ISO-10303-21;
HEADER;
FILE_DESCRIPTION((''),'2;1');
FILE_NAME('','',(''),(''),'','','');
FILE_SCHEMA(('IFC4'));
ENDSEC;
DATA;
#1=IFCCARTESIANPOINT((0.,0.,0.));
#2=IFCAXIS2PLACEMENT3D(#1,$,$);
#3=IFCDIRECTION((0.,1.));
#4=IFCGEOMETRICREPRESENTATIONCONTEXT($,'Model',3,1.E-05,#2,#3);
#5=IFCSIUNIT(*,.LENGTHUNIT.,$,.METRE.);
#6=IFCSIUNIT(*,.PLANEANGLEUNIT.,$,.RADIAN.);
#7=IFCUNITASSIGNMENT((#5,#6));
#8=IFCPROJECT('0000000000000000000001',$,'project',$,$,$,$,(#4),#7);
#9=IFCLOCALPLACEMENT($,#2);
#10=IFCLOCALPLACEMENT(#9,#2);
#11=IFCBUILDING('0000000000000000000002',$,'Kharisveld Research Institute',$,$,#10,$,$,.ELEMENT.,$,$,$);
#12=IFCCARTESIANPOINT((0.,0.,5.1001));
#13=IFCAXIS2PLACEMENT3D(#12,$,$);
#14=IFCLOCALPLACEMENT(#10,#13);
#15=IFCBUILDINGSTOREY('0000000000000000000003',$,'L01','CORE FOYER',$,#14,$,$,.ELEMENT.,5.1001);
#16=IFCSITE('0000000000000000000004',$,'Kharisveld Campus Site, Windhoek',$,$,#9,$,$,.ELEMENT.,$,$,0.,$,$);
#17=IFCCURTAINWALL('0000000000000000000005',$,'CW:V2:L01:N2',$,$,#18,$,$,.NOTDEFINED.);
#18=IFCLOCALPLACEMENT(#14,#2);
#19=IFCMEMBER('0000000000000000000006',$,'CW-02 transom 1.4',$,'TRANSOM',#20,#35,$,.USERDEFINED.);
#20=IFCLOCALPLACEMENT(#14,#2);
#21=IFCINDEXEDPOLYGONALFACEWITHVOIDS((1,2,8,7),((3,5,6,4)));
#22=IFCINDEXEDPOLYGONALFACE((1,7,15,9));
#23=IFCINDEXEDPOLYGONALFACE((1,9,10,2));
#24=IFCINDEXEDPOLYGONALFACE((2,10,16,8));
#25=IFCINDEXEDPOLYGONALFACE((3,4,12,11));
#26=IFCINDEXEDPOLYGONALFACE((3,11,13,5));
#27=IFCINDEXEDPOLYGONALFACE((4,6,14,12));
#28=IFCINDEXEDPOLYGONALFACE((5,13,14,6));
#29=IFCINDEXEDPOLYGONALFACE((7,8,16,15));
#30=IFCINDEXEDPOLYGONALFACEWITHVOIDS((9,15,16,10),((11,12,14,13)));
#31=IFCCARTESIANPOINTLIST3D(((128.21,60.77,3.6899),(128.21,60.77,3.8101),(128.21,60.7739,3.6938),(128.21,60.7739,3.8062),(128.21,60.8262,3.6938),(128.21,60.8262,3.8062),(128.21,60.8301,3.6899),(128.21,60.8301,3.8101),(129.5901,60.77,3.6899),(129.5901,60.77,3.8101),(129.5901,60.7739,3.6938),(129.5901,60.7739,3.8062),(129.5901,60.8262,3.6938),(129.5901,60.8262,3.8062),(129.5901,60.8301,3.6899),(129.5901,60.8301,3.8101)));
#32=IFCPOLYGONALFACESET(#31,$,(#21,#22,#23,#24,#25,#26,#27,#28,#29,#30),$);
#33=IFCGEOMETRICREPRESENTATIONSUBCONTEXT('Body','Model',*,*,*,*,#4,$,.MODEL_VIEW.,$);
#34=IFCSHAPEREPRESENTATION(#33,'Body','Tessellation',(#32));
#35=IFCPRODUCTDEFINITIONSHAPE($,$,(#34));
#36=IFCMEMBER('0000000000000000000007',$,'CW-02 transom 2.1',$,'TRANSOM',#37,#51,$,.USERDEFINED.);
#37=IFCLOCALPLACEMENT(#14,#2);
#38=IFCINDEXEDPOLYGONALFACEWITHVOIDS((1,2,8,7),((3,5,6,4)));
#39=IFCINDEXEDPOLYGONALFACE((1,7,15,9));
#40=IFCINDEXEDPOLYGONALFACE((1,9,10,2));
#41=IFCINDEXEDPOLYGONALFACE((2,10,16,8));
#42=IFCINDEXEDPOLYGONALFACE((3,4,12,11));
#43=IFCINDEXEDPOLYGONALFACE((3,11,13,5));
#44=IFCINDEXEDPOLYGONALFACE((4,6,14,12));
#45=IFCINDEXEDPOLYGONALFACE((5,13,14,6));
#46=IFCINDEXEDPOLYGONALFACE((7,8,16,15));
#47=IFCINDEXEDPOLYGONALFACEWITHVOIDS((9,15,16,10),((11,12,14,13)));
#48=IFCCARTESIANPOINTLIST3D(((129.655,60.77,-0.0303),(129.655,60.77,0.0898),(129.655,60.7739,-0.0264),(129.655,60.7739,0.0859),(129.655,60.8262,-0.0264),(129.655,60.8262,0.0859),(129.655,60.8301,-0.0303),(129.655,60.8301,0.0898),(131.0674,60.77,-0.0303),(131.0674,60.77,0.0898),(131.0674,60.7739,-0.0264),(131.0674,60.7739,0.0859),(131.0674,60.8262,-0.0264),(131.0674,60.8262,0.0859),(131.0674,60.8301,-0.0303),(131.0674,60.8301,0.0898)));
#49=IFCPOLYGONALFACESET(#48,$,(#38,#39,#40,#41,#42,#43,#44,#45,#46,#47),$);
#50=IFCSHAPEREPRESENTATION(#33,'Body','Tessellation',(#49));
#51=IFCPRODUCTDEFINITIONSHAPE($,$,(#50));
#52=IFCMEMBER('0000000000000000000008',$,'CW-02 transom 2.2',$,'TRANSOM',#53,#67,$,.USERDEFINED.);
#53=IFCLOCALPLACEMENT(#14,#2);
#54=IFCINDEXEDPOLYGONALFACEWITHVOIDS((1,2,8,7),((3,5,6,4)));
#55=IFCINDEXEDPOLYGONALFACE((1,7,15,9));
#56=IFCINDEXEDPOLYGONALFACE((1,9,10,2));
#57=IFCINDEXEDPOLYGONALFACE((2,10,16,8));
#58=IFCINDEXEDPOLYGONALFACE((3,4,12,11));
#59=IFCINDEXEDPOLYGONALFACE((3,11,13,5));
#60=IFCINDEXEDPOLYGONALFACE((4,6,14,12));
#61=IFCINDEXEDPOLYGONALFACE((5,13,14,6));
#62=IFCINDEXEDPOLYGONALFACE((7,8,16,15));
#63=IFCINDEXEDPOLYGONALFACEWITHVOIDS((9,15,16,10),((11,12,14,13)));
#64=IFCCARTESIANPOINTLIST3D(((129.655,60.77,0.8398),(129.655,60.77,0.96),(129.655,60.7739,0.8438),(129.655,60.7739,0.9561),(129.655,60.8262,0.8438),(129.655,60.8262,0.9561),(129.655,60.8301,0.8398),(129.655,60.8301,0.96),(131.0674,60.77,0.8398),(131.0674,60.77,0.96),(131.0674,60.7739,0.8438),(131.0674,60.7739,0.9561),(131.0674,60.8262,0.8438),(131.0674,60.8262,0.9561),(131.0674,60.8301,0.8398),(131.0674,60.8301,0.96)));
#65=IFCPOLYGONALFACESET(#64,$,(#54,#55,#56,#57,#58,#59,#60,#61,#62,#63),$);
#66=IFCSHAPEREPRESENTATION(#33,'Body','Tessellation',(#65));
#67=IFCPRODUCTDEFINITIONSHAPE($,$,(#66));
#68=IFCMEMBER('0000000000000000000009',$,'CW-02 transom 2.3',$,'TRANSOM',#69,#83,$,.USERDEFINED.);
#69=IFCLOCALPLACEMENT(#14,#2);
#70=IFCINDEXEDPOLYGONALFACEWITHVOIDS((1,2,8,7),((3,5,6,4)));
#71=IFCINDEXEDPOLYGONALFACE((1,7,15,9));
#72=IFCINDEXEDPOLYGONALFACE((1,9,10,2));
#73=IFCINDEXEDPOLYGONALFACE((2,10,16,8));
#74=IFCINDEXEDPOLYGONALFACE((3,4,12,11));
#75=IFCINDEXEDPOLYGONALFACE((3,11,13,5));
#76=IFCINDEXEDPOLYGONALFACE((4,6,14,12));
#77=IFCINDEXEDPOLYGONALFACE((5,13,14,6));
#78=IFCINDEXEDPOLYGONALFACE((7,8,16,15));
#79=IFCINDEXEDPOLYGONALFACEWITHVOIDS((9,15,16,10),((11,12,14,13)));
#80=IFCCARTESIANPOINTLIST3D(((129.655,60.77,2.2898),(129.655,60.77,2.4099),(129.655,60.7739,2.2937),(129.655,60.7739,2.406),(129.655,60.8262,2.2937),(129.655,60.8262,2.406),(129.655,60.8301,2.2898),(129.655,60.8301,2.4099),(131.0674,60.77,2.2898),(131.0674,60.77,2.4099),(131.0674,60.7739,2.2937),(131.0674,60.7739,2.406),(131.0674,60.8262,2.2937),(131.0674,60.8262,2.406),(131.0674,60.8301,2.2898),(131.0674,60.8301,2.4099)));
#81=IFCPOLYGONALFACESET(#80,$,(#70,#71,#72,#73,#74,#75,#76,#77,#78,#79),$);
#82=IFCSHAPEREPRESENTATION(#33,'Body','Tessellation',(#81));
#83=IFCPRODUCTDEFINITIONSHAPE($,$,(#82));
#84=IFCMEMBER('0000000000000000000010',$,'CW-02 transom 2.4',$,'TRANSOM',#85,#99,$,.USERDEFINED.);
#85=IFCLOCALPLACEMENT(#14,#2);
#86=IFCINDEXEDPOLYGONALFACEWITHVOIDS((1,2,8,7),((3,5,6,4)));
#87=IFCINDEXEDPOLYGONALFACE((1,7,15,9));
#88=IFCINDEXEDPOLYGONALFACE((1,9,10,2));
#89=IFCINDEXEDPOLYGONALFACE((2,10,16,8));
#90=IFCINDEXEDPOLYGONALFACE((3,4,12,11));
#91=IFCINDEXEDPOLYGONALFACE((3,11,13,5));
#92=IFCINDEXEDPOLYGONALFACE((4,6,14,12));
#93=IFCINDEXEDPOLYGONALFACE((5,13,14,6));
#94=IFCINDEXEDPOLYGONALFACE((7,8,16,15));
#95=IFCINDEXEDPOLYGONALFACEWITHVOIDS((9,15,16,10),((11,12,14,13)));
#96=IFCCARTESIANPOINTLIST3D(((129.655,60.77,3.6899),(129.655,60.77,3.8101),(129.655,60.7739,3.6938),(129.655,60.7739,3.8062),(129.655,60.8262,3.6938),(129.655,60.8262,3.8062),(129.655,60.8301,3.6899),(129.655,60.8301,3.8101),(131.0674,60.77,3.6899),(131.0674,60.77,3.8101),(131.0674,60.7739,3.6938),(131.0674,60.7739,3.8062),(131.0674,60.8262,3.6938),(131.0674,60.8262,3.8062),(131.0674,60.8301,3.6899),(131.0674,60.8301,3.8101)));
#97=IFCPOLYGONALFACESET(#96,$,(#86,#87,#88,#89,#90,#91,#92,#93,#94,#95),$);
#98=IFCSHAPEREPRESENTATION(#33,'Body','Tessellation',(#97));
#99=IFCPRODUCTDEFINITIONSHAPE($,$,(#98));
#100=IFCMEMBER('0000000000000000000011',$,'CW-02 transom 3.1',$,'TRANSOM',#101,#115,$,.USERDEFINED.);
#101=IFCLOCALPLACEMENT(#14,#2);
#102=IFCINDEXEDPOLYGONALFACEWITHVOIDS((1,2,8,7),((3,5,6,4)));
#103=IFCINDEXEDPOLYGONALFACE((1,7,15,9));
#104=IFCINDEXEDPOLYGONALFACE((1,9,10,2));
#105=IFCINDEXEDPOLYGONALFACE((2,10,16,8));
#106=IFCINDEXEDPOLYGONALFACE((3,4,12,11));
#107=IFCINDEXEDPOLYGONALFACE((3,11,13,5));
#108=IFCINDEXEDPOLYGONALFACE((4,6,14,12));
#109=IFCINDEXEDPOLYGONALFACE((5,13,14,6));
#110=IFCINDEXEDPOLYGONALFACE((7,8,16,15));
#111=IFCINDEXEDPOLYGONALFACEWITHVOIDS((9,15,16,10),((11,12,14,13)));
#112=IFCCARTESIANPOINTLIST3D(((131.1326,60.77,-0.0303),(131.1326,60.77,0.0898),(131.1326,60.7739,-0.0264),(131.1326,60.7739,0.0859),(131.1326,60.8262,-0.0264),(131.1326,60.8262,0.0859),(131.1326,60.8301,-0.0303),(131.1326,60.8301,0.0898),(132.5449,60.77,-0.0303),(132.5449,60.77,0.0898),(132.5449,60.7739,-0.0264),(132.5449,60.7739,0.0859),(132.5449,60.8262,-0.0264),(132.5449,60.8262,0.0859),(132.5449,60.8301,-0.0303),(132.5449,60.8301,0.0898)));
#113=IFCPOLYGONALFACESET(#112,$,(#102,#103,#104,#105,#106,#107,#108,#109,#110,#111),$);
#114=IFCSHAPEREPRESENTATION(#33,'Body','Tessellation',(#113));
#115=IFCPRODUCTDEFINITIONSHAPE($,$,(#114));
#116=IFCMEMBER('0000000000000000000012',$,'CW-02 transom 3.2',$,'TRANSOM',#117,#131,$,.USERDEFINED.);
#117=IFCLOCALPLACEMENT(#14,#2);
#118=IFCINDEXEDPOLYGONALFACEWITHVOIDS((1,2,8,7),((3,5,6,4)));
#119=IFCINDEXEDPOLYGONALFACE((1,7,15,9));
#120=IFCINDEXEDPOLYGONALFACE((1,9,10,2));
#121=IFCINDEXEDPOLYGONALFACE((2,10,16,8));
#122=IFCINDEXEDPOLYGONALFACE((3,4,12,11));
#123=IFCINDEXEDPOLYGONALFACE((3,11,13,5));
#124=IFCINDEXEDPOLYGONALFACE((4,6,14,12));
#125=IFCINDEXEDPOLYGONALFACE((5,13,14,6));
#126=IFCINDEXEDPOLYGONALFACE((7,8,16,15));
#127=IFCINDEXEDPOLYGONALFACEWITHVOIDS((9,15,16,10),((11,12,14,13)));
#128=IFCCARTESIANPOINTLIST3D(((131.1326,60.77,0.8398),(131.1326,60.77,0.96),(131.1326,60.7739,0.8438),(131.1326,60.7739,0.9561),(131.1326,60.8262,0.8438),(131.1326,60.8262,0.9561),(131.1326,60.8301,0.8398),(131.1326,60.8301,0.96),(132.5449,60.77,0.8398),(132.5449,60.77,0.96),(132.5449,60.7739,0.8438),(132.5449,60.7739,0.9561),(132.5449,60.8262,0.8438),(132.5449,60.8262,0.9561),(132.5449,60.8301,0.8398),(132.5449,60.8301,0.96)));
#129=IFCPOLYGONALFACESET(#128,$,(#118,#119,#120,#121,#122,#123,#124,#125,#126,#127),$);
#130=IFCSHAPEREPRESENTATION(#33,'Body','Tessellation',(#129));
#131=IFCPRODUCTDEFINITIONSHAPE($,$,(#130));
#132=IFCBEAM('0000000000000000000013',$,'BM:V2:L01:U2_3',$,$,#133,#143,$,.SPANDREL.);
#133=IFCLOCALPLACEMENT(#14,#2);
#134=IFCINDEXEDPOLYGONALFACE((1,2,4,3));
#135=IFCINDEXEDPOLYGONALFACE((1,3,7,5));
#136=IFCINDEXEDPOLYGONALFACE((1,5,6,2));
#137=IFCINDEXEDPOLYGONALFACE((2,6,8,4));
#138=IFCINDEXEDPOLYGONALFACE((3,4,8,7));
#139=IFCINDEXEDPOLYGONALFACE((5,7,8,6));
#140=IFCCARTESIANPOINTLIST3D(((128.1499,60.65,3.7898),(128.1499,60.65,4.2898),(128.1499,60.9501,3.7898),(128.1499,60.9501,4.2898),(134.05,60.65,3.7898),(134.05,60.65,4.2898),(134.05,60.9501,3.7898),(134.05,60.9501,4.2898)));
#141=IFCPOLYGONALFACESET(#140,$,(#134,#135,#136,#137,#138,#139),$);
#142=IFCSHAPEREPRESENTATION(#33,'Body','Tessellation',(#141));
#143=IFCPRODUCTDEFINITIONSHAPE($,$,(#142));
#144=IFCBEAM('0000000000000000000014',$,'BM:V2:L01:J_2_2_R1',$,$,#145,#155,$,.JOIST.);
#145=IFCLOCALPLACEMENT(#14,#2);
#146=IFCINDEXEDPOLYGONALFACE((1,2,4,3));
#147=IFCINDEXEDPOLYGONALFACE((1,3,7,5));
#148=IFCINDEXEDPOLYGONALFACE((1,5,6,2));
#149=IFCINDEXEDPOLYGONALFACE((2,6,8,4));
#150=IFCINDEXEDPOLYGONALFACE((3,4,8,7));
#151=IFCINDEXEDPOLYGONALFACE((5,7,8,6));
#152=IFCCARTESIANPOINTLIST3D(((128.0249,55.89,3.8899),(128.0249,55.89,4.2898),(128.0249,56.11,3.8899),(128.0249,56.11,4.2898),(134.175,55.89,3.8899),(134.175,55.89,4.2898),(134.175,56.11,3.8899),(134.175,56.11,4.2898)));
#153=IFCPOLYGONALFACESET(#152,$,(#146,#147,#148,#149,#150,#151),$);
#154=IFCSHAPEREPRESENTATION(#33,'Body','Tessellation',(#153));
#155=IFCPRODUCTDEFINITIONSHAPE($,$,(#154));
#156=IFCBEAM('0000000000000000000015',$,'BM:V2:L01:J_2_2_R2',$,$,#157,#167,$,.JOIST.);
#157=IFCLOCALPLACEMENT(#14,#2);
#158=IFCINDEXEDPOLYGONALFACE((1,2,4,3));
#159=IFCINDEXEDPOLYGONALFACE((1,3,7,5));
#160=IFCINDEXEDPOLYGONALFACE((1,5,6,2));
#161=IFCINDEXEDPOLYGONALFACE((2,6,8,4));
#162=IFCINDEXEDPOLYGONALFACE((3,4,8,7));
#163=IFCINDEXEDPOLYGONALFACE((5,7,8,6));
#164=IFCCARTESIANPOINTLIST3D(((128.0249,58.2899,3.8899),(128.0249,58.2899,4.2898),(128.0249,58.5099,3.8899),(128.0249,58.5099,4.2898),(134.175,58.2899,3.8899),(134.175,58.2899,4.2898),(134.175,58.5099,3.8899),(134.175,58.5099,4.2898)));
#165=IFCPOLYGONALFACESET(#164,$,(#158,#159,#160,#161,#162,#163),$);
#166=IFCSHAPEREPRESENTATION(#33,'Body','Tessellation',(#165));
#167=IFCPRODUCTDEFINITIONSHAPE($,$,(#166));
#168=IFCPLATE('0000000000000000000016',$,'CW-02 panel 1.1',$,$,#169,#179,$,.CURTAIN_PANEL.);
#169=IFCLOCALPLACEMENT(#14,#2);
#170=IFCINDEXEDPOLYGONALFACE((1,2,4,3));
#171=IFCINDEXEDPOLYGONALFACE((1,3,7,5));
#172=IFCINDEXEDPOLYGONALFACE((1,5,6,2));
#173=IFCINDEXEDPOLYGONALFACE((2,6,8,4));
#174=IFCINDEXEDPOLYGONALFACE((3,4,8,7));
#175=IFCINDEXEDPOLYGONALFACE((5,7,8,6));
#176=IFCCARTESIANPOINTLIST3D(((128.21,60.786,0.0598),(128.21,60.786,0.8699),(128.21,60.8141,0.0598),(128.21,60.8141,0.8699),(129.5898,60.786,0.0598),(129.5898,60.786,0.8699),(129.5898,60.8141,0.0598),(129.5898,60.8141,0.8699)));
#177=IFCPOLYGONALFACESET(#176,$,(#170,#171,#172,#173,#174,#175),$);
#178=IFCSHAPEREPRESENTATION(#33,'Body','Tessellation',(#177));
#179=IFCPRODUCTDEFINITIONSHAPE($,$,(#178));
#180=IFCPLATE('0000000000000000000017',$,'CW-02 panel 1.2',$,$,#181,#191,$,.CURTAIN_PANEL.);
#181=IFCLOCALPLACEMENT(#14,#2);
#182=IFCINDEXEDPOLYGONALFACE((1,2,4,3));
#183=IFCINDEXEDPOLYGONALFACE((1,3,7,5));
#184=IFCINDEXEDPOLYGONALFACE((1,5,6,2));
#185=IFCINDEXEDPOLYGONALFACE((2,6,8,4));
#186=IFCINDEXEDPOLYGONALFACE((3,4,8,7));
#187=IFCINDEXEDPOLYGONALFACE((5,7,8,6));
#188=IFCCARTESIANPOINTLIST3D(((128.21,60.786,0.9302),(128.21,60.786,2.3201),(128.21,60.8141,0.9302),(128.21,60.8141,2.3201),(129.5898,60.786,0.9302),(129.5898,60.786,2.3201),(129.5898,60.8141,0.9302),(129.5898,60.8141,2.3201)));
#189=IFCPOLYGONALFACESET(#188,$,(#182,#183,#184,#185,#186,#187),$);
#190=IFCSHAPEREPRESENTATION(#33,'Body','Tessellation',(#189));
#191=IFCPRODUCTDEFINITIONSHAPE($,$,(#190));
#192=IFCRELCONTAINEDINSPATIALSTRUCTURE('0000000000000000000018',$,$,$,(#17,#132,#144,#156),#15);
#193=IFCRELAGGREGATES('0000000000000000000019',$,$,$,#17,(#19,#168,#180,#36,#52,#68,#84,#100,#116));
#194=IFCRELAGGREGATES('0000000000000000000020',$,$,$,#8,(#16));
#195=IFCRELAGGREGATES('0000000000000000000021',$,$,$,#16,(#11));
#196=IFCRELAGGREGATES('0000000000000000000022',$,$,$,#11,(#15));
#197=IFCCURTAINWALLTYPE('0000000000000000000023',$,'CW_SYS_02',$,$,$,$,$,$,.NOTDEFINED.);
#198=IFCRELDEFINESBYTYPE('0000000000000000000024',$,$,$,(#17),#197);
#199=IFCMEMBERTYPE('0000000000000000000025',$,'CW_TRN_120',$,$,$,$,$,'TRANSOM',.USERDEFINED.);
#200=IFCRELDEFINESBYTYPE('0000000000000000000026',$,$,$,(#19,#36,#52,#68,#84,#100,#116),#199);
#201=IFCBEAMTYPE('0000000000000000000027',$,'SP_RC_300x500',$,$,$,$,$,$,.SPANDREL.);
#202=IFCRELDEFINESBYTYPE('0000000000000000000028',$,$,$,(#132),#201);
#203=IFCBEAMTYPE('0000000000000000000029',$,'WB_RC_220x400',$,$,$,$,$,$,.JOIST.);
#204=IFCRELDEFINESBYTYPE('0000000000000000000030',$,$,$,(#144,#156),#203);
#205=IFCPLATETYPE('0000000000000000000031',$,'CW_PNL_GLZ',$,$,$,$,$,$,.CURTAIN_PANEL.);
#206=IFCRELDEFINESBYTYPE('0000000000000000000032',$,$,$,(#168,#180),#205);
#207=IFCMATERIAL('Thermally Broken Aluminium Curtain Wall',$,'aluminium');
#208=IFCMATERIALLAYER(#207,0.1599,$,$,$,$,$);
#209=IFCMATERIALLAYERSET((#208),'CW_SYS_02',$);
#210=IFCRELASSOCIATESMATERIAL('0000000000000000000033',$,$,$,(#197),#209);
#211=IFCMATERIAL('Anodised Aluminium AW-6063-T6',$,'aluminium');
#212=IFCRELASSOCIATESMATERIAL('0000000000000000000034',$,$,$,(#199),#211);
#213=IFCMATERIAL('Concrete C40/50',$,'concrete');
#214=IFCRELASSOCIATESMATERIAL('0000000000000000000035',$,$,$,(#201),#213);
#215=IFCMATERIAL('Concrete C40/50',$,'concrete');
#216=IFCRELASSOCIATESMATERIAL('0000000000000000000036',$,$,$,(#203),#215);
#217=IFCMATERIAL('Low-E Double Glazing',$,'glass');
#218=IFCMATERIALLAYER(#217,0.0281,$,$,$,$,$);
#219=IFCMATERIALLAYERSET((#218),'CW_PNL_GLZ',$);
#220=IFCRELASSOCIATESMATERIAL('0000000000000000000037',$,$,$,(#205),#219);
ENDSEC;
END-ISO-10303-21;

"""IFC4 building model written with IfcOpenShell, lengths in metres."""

from ifc_helpers import new_model, si_unit, direction, frame, origin, origin_2d, place, context, subcontext, project, spatial, rectangle, hollow_rectangle, extrude, material, layer, layer_set, material_profile, profile_set, type_object, element, aggregate, save


model = new_model("IFC4")

# Units and contexts
model_context = context("Model", 3, precision=1e-05, world=origin(), true_north=direction((0.0, 1.0)))
body_context = subcontext(model_context, "Body", "Model", "MODEL_VIEW")
ifc_project = project(units=[si_unit("LENGTHUNIT", "METRE"), si_unit("PLANEANGLEUNIT", "RADIAN")], contexts=[model_context])

# Site, building, storey
site_placement = place(None, origin())
site = spatial("IfcSite", under=ifc_project, at=site_placement, Name="Kharisveld Campus Site, Windhoek", CompositionType="ELEMENT", RefElevation=0.0)
building_placement = place(site_placement, origin())
building = spatial("IfcBuilding", under=site, at=building_placement, Name="Kharisveld Research Institute", CompositionType="ELEMENT")
storey_placement = place(building_placement, frame((0.0, 0.0, 5.1001)))
storey = spatial("IfcBuildingStorey", under=building, at=storey_placement, Name="L01", Description="CORE FOYER", CompositionType="ELEMENT", Elevation=5.1001)

# Curtain wall, members
ifc_material_1 = material(Name="Thermally Broken Aluminium Curtain Wall", Category="aluminium")
ifc_layer_1 = layer(ifc_material_1, 0.1599)
ifc_layer_set_1 = layer_set([ifc_layer_1], Name="CW_SYS_02")
curtain_wall_type_1 = type_object("IfcCurtainWallType", Name="CW_SYS_02", PredefinedType="NOTDEFINED", material=ifc_layer_set_1)
curtain_wall_1_placement = place(storey_placement, origin())
curtain_wall_1 = element("IfcCurtainWall", 1, at=curtain_wall_1_placement, inside=storey, type_object=curtain_wall_type_1, Name="CW:V2:L01:N2", PredefinedType="NOTDEFINED")
ifc_material_2 = material(Name="Anodised Aluminium AW-6063-T6", Category="aluminium")
ifc_material_profile_1 = material_profile(ifc_material_2, hollow_rectangle(XDim=0.0601, YDim=0.1201, WallThickness=0.0039, at=origin_2d()))
ifc_profile_set_1 = profile_set([ifc_material_profile_1], Name="Anodised Aluminium AW-6063-T6")
member_type_1 = type_object("IfcMemberType", Name="CW_TRN_120", ElementType="TRANSOM", PredefinedType="USERDEFINED", material=ifc_profile_set_1)
member_1_placement = place(storey_placement, frame((128.21, 60.8, 3.75), z_axis=(1.0, 0.0, 0.0), x_axis=(0.0, 1.0, 0.0)))
member_1 = element("IfcMember", 2, at=member_1_placement, type_object=member_type_1, Name="CW-02 transom 1.4", ObjectType="TRANSOM", PredefinedType="USERDEFINED", context=body_context, shape_type="SweptSolid", body=[
    extrude(hollow_rectangle(XDim=0.0601, YDim=0.1201, WallThickness=0.0039, at=origin_2d()), origin(), (0.0, 0.0, 1.0), 1.3801),
])
member_2_placement = place(storey_placement, frame((129.655, 60.8, 0.0298), z_axis=(1.0, 0.0, 0.0), x_axis=(0.0, 1.0, 0.0)))
member_2 = element("IfcMember", 3, at=member_2_placement, type_object=member_type_1, Name="CW-02 transom 2.1", ObjectType="TRANSOM", PredefinedType="USERDEFINED", context=body_context, shape_type="SweptSolid", body=[
    extrude(hollow_rectangle(XDim=0.0601, YDim=0.1201, WallThickness=0.0039, at=origin_2d()), origin(), (0.0, 0.0, 1.0), 1.4124),
])
member_3_placement = place(storey_placement, frame((129.655, 60.8, 0.8999), z_axis=(1.0, 0.0, 0.0), x_axis=(0.0, 1.0, 0.0)))
member_3 = element("IfcMember", 4, at=member_3_placement, type_object=member_type_1, Name="CW-02 transom 2.2", ObjectType="TRANSOM", PredefinedType="USERDEFINED", context=body_context, shape_type="SweptSolid", body=[
    extrude(hollow_rectangle(XDim=0.0601, YDim=0.1201, WallThickness=0.0039, at=origin_2d()), origin(), (0.0, 0.0, 1.0), 1.4124),
])
member_4_placement = place(storey_placement, frame((129.655, 60.8, 2.3499), z_axis=(1.0, 0.0, 0.0), x_axis=(0.0, 1.0, 0.0)))
member_4 = element("IfcMember", 5, at=member_4_placement, type_object=member_type_1, Name="CW-02 transom 2.3", ObjectType="TRANSOM", PredefinedType="USERDEFINED", context=body_context, shape_type="SweptSolid", body=[
    extrude(hollow_rectangle(XDim=0.0601, YDim=0.1201, WallThickness=0.0039, at=origin_2d()), origin(), (0.0, 0.0, 1.0), 1.4124),
])
member_5_placement = place(storey_placement, frame((129.655, 60.8, 3.75), z_axis=(1.0, 0.0, 0.0), x_axis=(0.0, 1.0, 0.0)))
member_5 = element("IfcMember", 6, at=member_5_placement, type_object=member_type_1, Name="CW-02 transom 2.4", ObjectType="TRANSOM", PredefinedType="USERDEFINED", context=body_context, shape_type="SweptSolid", body=[
    extrude(hollow_rectangle(XDim=0.0601, YDim=0.1201, WallThickness=0.0039, at=origin_2d()), origin(), (0.0, 0.0, 1.0), 1.4124),
])
member_6_placement = place(storey_placement, frame((131.1326, 60.8, 0.0298), z_axis=(1.0, 0.0, 0.0), x_axis=(0.0, 1.0, 0.0)))
member_6 = element("IfcMember", 7, at=member_6_placement, type_object=member_type_1, Name="CW-02 transom 3.1", ObjectType="TRANSOM", PredefinedType="USERDEFINED", context=body_context, shape_type="SweptSolid", body=[
    extrude(hollow_rectangle(XDim=0.0601, YDim=0.1201, WallThickness=0.0039, at=origin_2d()), origin(), (0.0, 0.0, 1.0), 1.4124),
])
member_7_placement = place(storey_placement, frame((131.1326, 60.8, 0.8999), z_axis=(1.0, 0.0, 0.0), x_axis=(0.0, 1.0, 0.0)))
member_7 = element("IfcMember", 8, at=member_7_placement, type_object=member_type_1, Name="CW-02 transom 3.2", ObjectType="TRANSOM", PredefinedType="USERDEFINED", context=body_context, shape_type="SweptSolid", body=[
    extrude(hollow_rectangle(XDim=0.0601, YDim=0.1201, WallThickness=0.0039, at=origin_2d()), origin(), (0.0, 0.0, 1.0), 1.4124),
])

# Beams
ifc_material_3 = material(Name="Concrete C40/50", Category="concrete")
ifc_material_profile_2 = material_profile(ifc_material_3, rectangle(XDim=0.3, YDim=0.5, at=origin_2d()))
ifc_profile_set_2 = profile_set([ifc_material_profile_2], Name="Concrete C40/50")
beam_type_1 = type_object("IfcBeamType", Name="SP_RC_300x500", PredefinedType="SPANDREL", material=ifc_profile_set_2)
beam_1_placement = place(storey_placement, frame((128.1499, 60.8, 4.0398), z_axis=(1.0, 0.0, 0.0), x_axis=(0.0, 1.0, 0.0)))
element("IfcBeam", 9, at=beam_1_placement, inside=storey, type_object=beam_type_1, Name="BM:V2:L01:U2_3", PredefinedType="SPANDREL", context=body_context, shape_type="SweptSolid", body=[
    extrude(rectangle(XDim=0.3, YDim=0.5, at=origin_2d()), origin(), (0.0, 0.0, 1.0), 5.9001),
])
ifc_material_4 = material(Name="Concrete C40/50", Category="concrete")
ifc_material_profile_3 = material_profile(ifc_material_4, rectangle(XDim=0.22, YDim=0.3999, at=origin_2d()))
ifc_profile_set_3 = profile_set([ifc_material_profile_3], Name="Concrete C40/50")
beam_type_2 = type_object("IfcBeamType", Name="WB_RC_220x400", PredefinedType="JOIST", material=ifc_profile_set_3)
for number, where, z_axis, x_axis, name in (
    (10, (128.0249, 56.0, 4.0898), (1.0, 0.0, 0.0), (0.0, 1.0, 0.0), "BM:V2:L01:J_2_2_R1"),
    (11, (128.0249, 58.3999, 4.0898), (1.0, 0.0, 0.0), (0.0, 1.0, 0.0), "BM:V2:L01:J_2_2_R2"),
):
    element("IfcBeam", number, at=place(storey_placement, frame(where, z_axis=z_axis, x_axis=x_axis)), inside=storey, type_object=beam_type_2, Name=name, PredefinedType="JOIST", context=body_context, shape_type="SweptSolid", body=[
        extrude(rectangle(XDim=0.22, YDim=0.3999, at=origin_2d()), origin(), (0.0, 0.0, 1.0), 6.1501),
    ])

# Plates
ifc_material_5 = material(Name="Low-E Double Glazing", Category="glass")
ifc_layer_2 = layer(ifc_material_5, 0.0281)
ifc_layer_set_2 = layer_set([ifc_layer_2], Name="CW_PNL_GLZ")
plate_type = type_object("IfcPlateType", Name="CW_PNL_GLZ", PredefinedType="CURTAIN_PANEL", material=ifc_layer_set_2)
plate_1_placement = place(storey_placement, frame((128.8999, 60.8, 0.0598), z_axis=(0.0, 0.0, 1.0), x_axis=(1.0, 0.0, 0.0)))
plate_1 = element("IfcPlate", 12, at=plate_1_placement, type_object=plate_type, Name="CW-02 panel 1.1", PredefinedType="CURTAIN_PANEL", context=body_context, shape_type="SweptSolid", body=[
    extrude(rectangle(XDim=1.3799, YDim=0.0281, at=origin_2d()), origin(), (0.0, 0.0, 1.0), 0.8101),
])
plate_2_placement = place(storey_placement, frame((128.8999, 60.8, 0.9302), z_axis=(0.0, 0.0, 1.0), x_axis=(1.0, 0.0, 0.0)))
plate_2 = element("IfcPlate", 13, at=plate_2_placement, type_object=plate_type, Name="CW-02 panel 1.2", PredefinedType="CURTAIN_PANEL", context=body_context, shape_type="SweptSolid", body=[
    extrude(rectangle(XDim=1.3799, YDim=0.0281, at=origin_2d()), origin(), (0.0, 0.0, 1.0), 1.3899),
])
aggregate(curtain_wall_1, [member_1, plate_1, plate_2, member_2, member_3, member_4, member_5, member_6, member_7])

save(model, "model.ifc")
